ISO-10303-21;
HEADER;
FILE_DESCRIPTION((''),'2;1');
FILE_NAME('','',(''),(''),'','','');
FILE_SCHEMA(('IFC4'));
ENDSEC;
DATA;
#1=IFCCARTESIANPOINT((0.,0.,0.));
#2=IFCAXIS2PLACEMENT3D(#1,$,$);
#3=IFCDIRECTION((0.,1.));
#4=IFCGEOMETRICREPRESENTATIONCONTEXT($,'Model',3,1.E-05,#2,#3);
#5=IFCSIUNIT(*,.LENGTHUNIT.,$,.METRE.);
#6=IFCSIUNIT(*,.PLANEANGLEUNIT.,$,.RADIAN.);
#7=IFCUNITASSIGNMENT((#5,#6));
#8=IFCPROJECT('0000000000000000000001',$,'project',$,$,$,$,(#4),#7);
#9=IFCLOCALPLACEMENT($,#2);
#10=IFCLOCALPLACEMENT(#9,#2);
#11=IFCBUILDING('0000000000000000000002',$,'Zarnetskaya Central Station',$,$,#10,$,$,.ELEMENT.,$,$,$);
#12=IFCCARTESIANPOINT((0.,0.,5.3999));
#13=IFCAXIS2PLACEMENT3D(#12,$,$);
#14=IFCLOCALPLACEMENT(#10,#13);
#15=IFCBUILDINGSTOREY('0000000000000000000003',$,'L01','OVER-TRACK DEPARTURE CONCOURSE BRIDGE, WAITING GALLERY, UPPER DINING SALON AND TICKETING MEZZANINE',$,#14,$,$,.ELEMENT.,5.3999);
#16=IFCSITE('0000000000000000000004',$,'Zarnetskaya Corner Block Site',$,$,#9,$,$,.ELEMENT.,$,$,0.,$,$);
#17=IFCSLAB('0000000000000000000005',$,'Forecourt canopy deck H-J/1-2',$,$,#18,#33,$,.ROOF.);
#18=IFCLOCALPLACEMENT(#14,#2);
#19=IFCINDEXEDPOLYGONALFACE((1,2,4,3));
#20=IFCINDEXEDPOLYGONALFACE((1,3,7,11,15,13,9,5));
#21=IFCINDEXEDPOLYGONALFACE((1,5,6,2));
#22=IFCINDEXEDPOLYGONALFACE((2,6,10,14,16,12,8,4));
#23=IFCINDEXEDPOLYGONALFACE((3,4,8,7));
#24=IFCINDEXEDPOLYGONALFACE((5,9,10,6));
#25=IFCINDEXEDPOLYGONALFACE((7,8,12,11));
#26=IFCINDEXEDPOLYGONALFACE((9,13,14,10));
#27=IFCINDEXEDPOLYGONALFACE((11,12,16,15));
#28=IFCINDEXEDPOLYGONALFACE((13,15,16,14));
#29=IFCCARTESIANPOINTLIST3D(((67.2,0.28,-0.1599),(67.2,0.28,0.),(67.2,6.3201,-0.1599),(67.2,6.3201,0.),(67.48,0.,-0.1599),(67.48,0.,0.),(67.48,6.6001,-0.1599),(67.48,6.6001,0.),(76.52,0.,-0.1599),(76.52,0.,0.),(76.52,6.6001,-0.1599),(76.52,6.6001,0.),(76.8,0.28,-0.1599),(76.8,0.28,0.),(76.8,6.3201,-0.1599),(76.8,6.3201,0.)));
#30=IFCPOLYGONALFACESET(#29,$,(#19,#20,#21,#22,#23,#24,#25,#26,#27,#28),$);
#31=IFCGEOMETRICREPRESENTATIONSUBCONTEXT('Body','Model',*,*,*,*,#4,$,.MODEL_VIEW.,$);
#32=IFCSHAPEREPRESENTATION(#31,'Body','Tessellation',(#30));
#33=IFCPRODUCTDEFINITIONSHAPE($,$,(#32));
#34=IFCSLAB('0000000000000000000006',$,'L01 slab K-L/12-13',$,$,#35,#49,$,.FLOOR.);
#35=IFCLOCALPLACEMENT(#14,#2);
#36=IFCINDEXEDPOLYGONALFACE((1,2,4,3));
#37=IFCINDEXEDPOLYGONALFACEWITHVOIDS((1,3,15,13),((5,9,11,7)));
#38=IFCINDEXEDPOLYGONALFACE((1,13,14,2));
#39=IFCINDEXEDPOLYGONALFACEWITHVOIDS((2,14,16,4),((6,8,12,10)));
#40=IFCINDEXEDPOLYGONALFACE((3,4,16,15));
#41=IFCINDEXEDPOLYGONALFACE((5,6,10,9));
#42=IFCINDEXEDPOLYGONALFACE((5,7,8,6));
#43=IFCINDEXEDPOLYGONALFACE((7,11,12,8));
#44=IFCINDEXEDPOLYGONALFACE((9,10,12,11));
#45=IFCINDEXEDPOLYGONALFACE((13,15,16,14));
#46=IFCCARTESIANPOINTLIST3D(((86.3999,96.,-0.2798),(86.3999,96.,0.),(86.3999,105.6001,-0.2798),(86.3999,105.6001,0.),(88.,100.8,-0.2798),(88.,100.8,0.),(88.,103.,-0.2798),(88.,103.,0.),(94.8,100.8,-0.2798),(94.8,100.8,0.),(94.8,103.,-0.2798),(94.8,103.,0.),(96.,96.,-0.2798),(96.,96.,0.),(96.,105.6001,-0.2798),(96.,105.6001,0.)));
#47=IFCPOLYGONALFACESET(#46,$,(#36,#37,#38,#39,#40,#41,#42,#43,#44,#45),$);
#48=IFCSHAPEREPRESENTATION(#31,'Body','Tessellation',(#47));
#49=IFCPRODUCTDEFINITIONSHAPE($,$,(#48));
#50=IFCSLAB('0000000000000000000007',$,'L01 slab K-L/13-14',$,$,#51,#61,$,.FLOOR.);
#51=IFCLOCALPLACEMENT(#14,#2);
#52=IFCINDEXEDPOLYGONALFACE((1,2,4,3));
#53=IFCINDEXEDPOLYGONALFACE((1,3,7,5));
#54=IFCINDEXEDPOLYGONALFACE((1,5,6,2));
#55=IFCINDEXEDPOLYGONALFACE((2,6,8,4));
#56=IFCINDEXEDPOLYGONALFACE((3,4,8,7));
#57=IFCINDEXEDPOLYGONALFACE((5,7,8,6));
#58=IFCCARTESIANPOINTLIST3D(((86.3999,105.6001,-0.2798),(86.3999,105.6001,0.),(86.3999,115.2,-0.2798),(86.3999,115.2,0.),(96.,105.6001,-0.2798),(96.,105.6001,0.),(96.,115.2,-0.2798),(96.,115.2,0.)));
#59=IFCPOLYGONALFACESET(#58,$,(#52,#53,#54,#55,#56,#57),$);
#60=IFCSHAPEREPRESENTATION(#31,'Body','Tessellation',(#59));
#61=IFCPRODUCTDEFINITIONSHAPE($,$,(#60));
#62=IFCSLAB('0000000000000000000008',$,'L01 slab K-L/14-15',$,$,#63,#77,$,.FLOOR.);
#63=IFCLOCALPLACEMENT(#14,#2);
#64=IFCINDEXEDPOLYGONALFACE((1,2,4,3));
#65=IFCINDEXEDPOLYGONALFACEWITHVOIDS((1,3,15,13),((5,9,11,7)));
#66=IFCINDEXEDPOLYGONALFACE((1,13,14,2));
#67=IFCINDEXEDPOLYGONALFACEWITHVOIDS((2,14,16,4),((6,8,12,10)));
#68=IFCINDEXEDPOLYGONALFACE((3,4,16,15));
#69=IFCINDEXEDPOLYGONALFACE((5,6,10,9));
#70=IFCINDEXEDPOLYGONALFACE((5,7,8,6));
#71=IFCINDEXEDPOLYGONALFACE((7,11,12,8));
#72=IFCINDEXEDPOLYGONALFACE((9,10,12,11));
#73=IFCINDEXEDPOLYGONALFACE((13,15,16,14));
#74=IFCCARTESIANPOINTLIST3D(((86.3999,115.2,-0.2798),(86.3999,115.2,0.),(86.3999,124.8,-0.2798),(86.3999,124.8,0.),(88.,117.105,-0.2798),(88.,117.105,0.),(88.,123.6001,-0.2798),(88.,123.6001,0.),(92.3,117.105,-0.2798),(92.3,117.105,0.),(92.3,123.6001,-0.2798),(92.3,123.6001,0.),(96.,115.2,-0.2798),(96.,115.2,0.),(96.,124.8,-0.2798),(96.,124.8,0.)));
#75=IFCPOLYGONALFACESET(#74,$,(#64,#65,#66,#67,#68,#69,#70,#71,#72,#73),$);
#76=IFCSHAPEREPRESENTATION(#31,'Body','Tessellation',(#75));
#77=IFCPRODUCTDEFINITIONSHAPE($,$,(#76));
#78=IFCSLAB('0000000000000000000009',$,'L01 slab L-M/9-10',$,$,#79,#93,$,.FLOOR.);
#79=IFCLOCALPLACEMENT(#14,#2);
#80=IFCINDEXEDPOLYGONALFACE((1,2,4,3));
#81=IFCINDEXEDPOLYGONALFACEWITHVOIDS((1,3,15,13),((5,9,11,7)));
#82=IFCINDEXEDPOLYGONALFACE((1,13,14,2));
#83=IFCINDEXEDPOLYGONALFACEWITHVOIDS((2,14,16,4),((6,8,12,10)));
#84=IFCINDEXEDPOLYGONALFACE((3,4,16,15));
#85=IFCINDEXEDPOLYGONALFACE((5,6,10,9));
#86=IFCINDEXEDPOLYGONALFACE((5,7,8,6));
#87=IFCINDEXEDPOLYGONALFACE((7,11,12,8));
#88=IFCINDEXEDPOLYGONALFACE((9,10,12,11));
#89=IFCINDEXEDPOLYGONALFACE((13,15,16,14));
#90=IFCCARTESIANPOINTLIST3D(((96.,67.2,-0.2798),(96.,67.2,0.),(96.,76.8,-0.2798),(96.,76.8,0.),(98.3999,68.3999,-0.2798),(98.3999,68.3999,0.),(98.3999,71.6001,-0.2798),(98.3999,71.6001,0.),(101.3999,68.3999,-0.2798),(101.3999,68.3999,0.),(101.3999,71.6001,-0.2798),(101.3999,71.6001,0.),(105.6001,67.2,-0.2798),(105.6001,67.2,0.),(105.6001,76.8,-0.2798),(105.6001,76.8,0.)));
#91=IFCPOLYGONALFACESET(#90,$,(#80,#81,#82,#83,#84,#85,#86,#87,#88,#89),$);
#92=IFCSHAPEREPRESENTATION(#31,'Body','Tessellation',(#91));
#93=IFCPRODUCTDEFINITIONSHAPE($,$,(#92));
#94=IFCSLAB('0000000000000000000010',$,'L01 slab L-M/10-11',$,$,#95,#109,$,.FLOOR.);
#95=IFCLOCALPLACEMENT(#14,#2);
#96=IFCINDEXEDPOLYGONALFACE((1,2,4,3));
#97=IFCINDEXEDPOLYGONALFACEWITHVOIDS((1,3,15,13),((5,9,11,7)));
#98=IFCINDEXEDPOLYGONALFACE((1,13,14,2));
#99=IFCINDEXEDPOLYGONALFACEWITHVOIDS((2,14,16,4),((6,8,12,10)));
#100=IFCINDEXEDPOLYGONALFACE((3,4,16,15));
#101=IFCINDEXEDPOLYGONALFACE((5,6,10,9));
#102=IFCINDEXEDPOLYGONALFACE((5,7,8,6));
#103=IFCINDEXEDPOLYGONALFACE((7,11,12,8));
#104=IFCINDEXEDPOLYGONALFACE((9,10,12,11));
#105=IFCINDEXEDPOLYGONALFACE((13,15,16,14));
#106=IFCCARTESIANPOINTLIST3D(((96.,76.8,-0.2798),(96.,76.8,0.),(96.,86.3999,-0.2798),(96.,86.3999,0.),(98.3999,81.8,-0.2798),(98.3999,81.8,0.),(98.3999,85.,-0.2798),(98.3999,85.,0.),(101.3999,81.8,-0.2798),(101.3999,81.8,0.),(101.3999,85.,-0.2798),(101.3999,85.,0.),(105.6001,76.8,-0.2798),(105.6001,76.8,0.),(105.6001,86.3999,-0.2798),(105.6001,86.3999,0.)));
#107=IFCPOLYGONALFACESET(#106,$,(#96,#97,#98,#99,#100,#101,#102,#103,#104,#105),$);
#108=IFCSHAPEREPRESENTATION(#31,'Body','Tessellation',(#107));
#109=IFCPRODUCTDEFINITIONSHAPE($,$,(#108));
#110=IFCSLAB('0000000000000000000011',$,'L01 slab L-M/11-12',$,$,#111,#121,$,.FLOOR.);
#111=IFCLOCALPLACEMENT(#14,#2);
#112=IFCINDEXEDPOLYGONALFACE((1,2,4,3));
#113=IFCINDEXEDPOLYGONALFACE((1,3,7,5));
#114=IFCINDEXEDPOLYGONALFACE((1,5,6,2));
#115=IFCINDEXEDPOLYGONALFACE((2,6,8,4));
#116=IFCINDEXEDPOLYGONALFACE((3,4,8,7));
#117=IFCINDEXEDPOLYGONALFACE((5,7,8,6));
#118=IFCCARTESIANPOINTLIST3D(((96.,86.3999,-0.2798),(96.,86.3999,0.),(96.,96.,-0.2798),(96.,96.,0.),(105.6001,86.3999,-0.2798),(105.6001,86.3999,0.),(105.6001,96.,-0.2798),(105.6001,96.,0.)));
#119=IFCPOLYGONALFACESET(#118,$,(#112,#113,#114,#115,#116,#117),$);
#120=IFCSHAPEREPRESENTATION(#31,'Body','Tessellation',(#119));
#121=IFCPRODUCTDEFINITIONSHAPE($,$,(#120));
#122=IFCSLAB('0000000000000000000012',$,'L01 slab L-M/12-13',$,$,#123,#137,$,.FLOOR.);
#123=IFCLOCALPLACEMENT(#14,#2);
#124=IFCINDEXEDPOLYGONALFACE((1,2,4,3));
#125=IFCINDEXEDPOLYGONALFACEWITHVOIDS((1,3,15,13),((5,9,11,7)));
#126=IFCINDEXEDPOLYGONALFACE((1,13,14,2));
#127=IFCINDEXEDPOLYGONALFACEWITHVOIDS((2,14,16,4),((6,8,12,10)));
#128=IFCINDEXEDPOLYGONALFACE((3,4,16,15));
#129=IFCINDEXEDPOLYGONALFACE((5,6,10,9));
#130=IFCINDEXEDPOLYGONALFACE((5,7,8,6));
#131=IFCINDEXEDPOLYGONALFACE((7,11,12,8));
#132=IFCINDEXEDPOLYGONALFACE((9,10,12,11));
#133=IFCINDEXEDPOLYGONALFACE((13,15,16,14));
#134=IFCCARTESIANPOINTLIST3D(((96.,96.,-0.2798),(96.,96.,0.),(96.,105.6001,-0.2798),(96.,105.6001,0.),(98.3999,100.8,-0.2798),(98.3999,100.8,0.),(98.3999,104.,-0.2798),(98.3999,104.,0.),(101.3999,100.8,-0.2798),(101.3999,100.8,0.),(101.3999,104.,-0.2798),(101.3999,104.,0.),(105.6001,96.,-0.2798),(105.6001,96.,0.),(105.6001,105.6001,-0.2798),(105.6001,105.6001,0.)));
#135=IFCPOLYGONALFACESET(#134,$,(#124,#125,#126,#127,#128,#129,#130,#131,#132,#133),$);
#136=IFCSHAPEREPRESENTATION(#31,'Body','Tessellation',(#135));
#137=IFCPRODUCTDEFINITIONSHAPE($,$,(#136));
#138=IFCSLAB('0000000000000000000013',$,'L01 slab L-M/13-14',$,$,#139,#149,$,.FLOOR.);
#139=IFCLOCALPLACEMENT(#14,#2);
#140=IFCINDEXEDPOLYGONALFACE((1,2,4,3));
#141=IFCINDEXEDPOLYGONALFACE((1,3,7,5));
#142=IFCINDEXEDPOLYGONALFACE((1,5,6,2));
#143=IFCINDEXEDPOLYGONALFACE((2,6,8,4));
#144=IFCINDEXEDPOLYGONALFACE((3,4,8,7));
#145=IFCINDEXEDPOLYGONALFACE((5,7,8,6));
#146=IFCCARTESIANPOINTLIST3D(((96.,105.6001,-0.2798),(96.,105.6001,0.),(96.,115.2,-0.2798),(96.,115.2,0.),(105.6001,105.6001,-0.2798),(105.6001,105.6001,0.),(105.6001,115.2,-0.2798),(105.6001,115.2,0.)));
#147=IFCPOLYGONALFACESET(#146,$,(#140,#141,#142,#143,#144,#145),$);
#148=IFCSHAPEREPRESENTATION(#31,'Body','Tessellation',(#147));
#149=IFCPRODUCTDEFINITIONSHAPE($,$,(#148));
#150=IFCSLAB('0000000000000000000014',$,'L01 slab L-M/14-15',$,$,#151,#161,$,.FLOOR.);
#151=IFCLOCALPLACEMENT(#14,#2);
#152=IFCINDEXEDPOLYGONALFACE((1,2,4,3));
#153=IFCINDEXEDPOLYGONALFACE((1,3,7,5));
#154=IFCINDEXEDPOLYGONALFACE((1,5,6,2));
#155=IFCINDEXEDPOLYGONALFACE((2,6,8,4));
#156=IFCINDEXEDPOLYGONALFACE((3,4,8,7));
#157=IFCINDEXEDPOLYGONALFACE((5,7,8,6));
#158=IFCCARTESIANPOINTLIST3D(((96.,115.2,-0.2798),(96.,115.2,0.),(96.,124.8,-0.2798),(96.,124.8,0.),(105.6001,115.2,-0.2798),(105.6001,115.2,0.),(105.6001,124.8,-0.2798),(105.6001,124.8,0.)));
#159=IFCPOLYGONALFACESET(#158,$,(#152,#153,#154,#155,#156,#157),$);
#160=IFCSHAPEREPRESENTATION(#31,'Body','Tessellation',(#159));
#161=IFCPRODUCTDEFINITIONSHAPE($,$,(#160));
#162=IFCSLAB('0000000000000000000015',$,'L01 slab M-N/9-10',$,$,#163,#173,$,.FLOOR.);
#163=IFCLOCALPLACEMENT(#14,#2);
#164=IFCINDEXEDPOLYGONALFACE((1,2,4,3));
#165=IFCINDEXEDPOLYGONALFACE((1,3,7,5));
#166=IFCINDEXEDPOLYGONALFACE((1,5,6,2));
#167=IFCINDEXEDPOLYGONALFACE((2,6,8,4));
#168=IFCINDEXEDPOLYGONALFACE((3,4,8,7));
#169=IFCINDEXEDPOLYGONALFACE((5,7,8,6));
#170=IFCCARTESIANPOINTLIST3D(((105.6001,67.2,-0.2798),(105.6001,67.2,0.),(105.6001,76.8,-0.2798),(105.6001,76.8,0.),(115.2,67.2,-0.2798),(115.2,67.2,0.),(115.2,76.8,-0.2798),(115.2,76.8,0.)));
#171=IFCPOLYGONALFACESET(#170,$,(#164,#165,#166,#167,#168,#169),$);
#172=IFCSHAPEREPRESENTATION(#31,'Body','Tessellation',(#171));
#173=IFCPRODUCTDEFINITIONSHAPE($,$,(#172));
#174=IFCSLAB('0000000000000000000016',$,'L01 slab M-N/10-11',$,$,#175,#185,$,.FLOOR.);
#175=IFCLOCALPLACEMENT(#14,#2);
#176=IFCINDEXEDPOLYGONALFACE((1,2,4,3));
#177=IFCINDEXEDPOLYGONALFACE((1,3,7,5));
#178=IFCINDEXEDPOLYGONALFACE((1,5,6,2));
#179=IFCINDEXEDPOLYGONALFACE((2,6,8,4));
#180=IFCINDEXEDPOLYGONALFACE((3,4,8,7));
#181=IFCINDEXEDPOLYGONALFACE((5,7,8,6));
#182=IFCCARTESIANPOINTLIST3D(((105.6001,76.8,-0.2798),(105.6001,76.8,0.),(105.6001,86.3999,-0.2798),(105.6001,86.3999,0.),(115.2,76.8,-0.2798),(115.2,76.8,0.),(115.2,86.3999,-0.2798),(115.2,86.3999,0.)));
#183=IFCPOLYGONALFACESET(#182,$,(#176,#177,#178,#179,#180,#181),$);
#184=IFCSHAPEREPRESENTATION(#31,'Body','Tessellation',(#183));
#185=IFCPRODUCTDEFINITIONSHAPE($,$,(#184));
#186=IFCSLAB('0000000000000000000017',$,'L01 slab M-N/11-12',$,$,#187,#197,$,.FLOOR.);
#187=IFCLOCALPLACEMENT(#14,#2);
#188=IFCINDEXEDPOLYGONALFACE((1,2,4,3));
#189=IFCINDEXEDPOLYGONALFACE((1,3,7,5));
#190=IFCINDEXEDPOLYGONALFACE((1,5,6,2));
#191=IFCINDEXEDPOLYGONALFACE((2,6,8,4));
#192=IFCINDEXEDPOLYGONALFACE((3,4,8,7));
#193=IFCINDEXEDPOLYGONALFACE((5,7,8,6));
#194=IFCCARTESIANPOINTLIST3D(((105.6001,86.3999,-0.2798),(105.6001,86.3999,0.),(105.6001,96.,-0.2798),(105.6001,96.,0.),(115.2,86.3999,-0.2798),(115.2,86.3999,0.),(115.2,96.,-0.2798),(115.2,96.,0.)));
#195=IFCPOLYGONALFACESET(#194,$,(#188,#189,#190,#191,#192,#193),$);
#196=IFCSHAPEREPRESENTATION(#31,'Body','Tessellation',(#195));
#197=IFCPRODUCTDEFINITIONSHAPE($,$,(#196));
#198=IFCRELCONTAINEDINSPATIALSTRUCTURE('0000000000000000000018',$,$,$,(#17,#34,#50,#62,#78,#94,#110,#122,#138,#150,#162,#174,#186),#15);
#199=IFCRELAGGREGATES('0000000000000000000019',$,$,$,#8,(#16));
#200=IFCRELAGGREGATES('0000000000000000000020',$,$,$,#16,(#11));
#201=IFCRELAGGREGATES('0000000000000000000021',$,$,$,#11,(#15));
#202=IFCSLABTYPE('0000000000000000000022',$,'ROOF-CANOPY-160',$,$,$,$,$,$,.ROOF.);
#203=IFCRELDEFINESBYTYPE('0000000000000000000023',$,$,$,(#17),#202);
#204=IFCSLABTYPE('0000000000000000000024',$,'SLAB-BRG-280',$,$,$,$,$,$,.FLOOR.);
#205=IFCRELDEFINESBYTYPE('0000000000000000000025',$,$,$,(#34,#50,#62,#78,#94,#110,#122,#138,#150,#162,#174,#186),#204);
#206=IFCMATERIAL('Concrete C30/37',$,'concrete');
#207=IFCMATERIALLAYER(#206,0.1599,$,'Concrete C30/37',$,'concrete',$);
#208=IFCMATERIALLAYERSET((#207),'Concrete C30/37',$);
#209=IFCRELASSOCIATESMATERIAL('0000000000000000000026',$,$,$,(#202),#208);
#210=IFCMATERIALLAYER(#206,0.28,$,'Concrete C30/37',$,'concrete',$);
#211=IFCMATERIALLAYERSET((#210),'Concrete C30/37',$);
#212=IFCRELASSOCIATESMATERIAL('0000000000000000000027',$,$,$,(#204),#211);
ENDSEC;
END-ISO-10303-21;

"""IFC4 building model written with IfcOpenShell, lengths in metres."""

from ifc_helpers import new_model, si_unit, direction, frame, origin, place, context, subcontext, project, spatial, polyline, outline, extrude, material, layer, layer_set, type_object, element, save


model = new_model("IFC4")

# Units and contexts
model_context = context("Model", 3, precision=1e-05, world=origin(), true_north=direction((0.0, 1.0)))
body_context = subcontext(model_context, "Body", "Model", "MODEL_VIEW")
ifc_project = project(units=[si_unit("LENGTHUNIT", "METRE"), si_unit("PLANEANGLEUNIT", "RADIAN")], contexts=[model_context])

# Site, building, storey
site_placement = place(None, origin())
site = spatial("IfcSite", under=ifc_project, at=site_placement, Name="Zarnetskaya Corner Block Site", CompositionType="ELEMENT", RefElevation=0.0)
building_placement = place(site_placement, origin())
building = spatial("IfcBuilding", under=site, at=building_placement, Name="Zarnetskaya Central Station", CompositionType="ELEMENT")
storey_placement = place(building_placement, frame((0.0, 0.0, 5.3999)))
storey = spatial("IfcBuildingStorey", under=building, at=storey_placement, Name="L01", Description="OVER-TRACK DEPARTURE CONCOURSE BRIDGE, WAITING GALLERY, UPPER DINING SALON AND TICKETING MEZZANINE", CompositionType="ELEMENT", Elevation=5.3999)

# Slabs
ifc_material = material(Name="Concrete C30/37", Category="concrete")
ifc_layer_1 = layer(ifc_material, 0.1599, Name="Concrete C30/37", Category="concrete")
ifc_layer_set_1 = layer_set([ifc_layer_1], Name="Concrete C30/37")
slab_type_1 = type_object("IfcSlabType", Name="ROOF-CANOPY-160", PredefinedType="ROOF", material=ifc_layer_set_1)
slab_1_placement = place(storey_placement, frame((0.0, 0.0, -0.1599)))
element("IfcSlab", 1, at=slab_1_placement, inside=storey, type_object=slab_type_1, Name="Forecourt canopy deck H-J/1-2", PredefinedType="ROOF", context=body_context, shape_type="SweptSolid", body=[
    extrude(outline(polyline([(67.48, 0.0), (76.52, 0.0), (76.8, 0.28), (76.8, 6.3201), (76.52, 6.6001), (67.48, 6.6001), (67.2, 6.3201), (67.2, 0.28), (67.48, 0.0)])), origin(), (0.0, 0.0, 1.0), 0.1599),
])
ifc_layer_2 = layer(ifc_material, 0.28, Name="Concrete C30/37", Category="concrete")
ifc_layer_set_2 = layer_set([ifc_layer_2], Name="Concrete C30/37")
slab_type_2 = type_object("IfcSlabType", Name="SLAB-BRG-280", PredefinedType="FLOOR", material=ifc_layer_set_2)
slab_2_placement = place(storey_placement, frame((0.0, 0.0, -0.2798)))
element("IfcSlab", 2, at=slab_2_placement, inside=storey, type_object=slab_type_2, Name="L01 slab K-L/12-13", PredefinedType="FLOOR", context=body_context, shape_type="SweptSolid", body=[
    extrude(outline(polyline([(86.3999, 96.0), (96.0, 96.0), (96.0, 105.6001), (86.3999, 105.6001), (86.3999, 96.0)]), holes=[polyline([(88.0, 100.8), (94.8, 100.8), (94.8, 103.0), (88.0, 103.0), (88.0, 100.8)])]), origin(), (0.0, 0.0, 1.0), 0.2798),
])
slab_3_placement = place(storey_placement, frame((0.0, 0.0, -0.2798)))
element("IfcSlab", 3, at=slab_3_placement, inside=storey, type_object=slab_type_2, Name="L01 slab K-L/13-14", PredefinedType="FLOOR", context=body_context, shape_type="SweptSolid", body=[
    extrude(outline(polyline([(86.3999, 105.6001), (96.0, 105.6001), (96.0, 115.2), (86.3999, 115.2), (86.3999, 105.6001)])), origin(), (0.0, 0.0, 1.0), 0.2798),
])
slab_4_placement = place(storey_placement, frame((0.0, 0.0, -0.2798)))
element("IfcSlab", 4, at=slab_4_placement, inside=storey, type_object=slab_type_2, Name="L01 slab K-L/14-15", PredefinedType="FLOOR", context=body_context, shape_type="SweptSolid", body=[
    extrude(outline(polyline([(86.3999, 115.2), (96.0, 115.2), (96.0, 124.8), (86.3999, 124.8), (86.3999, 115.2)]), holes=[polyline([(88.0, 117.105), (92.3, 117.105), (92.3, 123.6001), (88.0, 123.6001), (88.0, 117.105)])]), origin(), (0.0, 0.0, 1.0), 0.2798),
])
slab_5_placement = place(storey_placement, frame((0.0, 0.0, -0.2798)))
element("IfcSlab", 5, at=slab_5_placement, inside=storey, type_object=slab_type_2, Name="L01 slab L-M/9-10", PredefinedType="FLOOR", context=body_context, shape_type="SweptSolid", body=[
    extrude(outline(polyline([(96.0, 67.2), (105.6001, 67.2), (105.6001, 76.8), (96.0, 76.8), (96.0, 67.2)]), holes=[polyline([(98.3999, 68.3999), (101.3999, 68.3999), (101.3999, 71.6001), (98.3999, 71.6001), (98.3999, 68.3999)])]), origin(), (0.0, 0.0, 1.0), 0.2798),
])
slab_6_placement = place(storey_placement, frame((0.0, 0.0, -0.2798)))
element("IfcSlab", 6, at=slab_6_placement, inside=storey, type_object=slab_type_2, Name="L01 slab L-M/10-11", PredefinedType="FLOOR", context=body_context, shape_type="SweptSolid", body=[
    extrude(outline(polyline([(96.0, 76.8), (105.6001, 76.8), (105.6001, 86.3999), (96.0, 86.3999), (96.0, 76.8)]), holes=[polyline([(98.3999, 81.8), (101.3999, 81.8), (101.3999, 85.0), (98.3999, 85.0), (98.3999, 81.8)])]), origin(), (0.0, 0.0, 1.0), 0.2798),
])
slab_7_placement = place(storey_placement, frame((0.0, 0.0, -0.2798)))
element("IfcSlab", 7, at=slab_7_placement, inside=storey, type_object=slab_type_2, Name="L01 slab L-M/11-12", PredefinedType="FLOOR", context=body_context, shape_type="SweptSolid", body=[
    extrude(outline(polyline([(96.0, 86.3999), (105.6001, 86.3999), (105.6001, 96.0), (96.0, 96.0), (96.0, 86.3999)])), origin(), (0.0, 0.0, 1.0), 0.2798),
])
slab_8_placement = place(storey_placement, frame((0.0, 0.0, -0.2798)))
element("IfcSlab", 8, at=slab_8_placement, inside=storey, type_object=slab_type_2, Name="L01 slab L-M/12-13", PredefinedType="FLOOR", context=body_context, shape_type="SweptSolid", body=[
    extrude(outline(polyline([(96.0, 96.0), (105.6001, 96.0), (105.6001, 105.6001), (96.0, 105.6001), (96.0, 96.0)]), holes=[polyline([(98.3999, 100.8), (101.3999, 100.8), (101.3999, 104.0), (98.3999, 104.0), (98.3999, 100.8)])]), origin(), (0.0, 0.0, 1.0), 0.2798),
])
slab_9_placement = place(storey_placement, frame((0.0, 0.0, -0.2798)))
element("IfcSlab", 9, at=slab_9_placement, inside=storey, type_object=slab_type_2, Name="L01 slab L-M/13-14", PredefinedType="FLOOR", context=body_context, shape_type="SweptSolid", body=[
    extrude(outline(polyline([(96.0, 105.6001), (105.6001, 105.6001), (105.6001, 115.2), (96.0, 115.2), (96.0, 105.6001)])), origin(), (0.0, 0.0, 1.0), 0.2798),
])
slab_10_placement = place(storey_placement, frame((0.0, 0.0, -0.2798)))
element("IfcSlab", 10, at=slab_10_placement, inside=storey, type_object=slab_type_2, Name="L01 slab L-M/14-15", PredefinedType="FLOOR", context=body_context, shape_type="SweptSolid", body=[
    extrude(outline(polyline([(96.0, 115.2), (105.6001, 115.2), (105.6001, 124.8), (96.0, 124.8), (96.0, 115.2)])), origin(), (0.0, 0.0, 1.0), 0.2798),
])
slab_11_placement = place(storey_placement, frame((0.0, 0.0, -0.2798)))
element("IfcSlab", 11, at=slab_11_placement, inside=storey, type_object=slab_type_2, Name="L01 slab M-N/9-10", PredefinedType="FLOOR", context=body_context, shape_type="SweptSolid", body=[
    extrude(outline(polyline([(105.6001, 67.2), (115.2, 67.2), (115.2, 76.8), (105.6001, 76.8), (105.6001, 67.2)])), origin(), (0.0, 0.0, 1.0), 0.2798),
])
slab_12_placement = place(storey_placement, frame((0.0, 0.0, -0.2798)))
element("IfcSlab", 12, at=slab_12_placement, inside=storey, type_object=slab_type_2, Name="L01 slab M-N/10-11", PredefinedType="FLOOR", context=body_context, shape_type="SweptSolid", body=[
    extrude(outline(polyline([(105.6001, 76.8), (115.2, 76.8), (115.2, 86.3999), (105.6001, 86.3999), (105.6001, 76.8)])), origin(), (0.0, 0.0, 1.0), 0.2798),
])
slab_13_placement = place(storey_placement, frame((0.0, 0.0, -0.2798)))
element("IfcSlab", 13, at=slab_13_placement, inside=storey, type_object=slab_type_2, Name="L01 slab M-N/11-12", PredefinedType="FLOOR", context=body_context, shape_type="SweptSolid", body=[
    extrude(outline(polyline([(105.6001, 86.3999), (115.2, 86.3999), (115.2, 96.0), (105.6001, 96.0), (105.6001, 86.3999)])), origin(), (0.0, 0.0, 1.0), 0.2798),
])

save(model, "model.ifc")
